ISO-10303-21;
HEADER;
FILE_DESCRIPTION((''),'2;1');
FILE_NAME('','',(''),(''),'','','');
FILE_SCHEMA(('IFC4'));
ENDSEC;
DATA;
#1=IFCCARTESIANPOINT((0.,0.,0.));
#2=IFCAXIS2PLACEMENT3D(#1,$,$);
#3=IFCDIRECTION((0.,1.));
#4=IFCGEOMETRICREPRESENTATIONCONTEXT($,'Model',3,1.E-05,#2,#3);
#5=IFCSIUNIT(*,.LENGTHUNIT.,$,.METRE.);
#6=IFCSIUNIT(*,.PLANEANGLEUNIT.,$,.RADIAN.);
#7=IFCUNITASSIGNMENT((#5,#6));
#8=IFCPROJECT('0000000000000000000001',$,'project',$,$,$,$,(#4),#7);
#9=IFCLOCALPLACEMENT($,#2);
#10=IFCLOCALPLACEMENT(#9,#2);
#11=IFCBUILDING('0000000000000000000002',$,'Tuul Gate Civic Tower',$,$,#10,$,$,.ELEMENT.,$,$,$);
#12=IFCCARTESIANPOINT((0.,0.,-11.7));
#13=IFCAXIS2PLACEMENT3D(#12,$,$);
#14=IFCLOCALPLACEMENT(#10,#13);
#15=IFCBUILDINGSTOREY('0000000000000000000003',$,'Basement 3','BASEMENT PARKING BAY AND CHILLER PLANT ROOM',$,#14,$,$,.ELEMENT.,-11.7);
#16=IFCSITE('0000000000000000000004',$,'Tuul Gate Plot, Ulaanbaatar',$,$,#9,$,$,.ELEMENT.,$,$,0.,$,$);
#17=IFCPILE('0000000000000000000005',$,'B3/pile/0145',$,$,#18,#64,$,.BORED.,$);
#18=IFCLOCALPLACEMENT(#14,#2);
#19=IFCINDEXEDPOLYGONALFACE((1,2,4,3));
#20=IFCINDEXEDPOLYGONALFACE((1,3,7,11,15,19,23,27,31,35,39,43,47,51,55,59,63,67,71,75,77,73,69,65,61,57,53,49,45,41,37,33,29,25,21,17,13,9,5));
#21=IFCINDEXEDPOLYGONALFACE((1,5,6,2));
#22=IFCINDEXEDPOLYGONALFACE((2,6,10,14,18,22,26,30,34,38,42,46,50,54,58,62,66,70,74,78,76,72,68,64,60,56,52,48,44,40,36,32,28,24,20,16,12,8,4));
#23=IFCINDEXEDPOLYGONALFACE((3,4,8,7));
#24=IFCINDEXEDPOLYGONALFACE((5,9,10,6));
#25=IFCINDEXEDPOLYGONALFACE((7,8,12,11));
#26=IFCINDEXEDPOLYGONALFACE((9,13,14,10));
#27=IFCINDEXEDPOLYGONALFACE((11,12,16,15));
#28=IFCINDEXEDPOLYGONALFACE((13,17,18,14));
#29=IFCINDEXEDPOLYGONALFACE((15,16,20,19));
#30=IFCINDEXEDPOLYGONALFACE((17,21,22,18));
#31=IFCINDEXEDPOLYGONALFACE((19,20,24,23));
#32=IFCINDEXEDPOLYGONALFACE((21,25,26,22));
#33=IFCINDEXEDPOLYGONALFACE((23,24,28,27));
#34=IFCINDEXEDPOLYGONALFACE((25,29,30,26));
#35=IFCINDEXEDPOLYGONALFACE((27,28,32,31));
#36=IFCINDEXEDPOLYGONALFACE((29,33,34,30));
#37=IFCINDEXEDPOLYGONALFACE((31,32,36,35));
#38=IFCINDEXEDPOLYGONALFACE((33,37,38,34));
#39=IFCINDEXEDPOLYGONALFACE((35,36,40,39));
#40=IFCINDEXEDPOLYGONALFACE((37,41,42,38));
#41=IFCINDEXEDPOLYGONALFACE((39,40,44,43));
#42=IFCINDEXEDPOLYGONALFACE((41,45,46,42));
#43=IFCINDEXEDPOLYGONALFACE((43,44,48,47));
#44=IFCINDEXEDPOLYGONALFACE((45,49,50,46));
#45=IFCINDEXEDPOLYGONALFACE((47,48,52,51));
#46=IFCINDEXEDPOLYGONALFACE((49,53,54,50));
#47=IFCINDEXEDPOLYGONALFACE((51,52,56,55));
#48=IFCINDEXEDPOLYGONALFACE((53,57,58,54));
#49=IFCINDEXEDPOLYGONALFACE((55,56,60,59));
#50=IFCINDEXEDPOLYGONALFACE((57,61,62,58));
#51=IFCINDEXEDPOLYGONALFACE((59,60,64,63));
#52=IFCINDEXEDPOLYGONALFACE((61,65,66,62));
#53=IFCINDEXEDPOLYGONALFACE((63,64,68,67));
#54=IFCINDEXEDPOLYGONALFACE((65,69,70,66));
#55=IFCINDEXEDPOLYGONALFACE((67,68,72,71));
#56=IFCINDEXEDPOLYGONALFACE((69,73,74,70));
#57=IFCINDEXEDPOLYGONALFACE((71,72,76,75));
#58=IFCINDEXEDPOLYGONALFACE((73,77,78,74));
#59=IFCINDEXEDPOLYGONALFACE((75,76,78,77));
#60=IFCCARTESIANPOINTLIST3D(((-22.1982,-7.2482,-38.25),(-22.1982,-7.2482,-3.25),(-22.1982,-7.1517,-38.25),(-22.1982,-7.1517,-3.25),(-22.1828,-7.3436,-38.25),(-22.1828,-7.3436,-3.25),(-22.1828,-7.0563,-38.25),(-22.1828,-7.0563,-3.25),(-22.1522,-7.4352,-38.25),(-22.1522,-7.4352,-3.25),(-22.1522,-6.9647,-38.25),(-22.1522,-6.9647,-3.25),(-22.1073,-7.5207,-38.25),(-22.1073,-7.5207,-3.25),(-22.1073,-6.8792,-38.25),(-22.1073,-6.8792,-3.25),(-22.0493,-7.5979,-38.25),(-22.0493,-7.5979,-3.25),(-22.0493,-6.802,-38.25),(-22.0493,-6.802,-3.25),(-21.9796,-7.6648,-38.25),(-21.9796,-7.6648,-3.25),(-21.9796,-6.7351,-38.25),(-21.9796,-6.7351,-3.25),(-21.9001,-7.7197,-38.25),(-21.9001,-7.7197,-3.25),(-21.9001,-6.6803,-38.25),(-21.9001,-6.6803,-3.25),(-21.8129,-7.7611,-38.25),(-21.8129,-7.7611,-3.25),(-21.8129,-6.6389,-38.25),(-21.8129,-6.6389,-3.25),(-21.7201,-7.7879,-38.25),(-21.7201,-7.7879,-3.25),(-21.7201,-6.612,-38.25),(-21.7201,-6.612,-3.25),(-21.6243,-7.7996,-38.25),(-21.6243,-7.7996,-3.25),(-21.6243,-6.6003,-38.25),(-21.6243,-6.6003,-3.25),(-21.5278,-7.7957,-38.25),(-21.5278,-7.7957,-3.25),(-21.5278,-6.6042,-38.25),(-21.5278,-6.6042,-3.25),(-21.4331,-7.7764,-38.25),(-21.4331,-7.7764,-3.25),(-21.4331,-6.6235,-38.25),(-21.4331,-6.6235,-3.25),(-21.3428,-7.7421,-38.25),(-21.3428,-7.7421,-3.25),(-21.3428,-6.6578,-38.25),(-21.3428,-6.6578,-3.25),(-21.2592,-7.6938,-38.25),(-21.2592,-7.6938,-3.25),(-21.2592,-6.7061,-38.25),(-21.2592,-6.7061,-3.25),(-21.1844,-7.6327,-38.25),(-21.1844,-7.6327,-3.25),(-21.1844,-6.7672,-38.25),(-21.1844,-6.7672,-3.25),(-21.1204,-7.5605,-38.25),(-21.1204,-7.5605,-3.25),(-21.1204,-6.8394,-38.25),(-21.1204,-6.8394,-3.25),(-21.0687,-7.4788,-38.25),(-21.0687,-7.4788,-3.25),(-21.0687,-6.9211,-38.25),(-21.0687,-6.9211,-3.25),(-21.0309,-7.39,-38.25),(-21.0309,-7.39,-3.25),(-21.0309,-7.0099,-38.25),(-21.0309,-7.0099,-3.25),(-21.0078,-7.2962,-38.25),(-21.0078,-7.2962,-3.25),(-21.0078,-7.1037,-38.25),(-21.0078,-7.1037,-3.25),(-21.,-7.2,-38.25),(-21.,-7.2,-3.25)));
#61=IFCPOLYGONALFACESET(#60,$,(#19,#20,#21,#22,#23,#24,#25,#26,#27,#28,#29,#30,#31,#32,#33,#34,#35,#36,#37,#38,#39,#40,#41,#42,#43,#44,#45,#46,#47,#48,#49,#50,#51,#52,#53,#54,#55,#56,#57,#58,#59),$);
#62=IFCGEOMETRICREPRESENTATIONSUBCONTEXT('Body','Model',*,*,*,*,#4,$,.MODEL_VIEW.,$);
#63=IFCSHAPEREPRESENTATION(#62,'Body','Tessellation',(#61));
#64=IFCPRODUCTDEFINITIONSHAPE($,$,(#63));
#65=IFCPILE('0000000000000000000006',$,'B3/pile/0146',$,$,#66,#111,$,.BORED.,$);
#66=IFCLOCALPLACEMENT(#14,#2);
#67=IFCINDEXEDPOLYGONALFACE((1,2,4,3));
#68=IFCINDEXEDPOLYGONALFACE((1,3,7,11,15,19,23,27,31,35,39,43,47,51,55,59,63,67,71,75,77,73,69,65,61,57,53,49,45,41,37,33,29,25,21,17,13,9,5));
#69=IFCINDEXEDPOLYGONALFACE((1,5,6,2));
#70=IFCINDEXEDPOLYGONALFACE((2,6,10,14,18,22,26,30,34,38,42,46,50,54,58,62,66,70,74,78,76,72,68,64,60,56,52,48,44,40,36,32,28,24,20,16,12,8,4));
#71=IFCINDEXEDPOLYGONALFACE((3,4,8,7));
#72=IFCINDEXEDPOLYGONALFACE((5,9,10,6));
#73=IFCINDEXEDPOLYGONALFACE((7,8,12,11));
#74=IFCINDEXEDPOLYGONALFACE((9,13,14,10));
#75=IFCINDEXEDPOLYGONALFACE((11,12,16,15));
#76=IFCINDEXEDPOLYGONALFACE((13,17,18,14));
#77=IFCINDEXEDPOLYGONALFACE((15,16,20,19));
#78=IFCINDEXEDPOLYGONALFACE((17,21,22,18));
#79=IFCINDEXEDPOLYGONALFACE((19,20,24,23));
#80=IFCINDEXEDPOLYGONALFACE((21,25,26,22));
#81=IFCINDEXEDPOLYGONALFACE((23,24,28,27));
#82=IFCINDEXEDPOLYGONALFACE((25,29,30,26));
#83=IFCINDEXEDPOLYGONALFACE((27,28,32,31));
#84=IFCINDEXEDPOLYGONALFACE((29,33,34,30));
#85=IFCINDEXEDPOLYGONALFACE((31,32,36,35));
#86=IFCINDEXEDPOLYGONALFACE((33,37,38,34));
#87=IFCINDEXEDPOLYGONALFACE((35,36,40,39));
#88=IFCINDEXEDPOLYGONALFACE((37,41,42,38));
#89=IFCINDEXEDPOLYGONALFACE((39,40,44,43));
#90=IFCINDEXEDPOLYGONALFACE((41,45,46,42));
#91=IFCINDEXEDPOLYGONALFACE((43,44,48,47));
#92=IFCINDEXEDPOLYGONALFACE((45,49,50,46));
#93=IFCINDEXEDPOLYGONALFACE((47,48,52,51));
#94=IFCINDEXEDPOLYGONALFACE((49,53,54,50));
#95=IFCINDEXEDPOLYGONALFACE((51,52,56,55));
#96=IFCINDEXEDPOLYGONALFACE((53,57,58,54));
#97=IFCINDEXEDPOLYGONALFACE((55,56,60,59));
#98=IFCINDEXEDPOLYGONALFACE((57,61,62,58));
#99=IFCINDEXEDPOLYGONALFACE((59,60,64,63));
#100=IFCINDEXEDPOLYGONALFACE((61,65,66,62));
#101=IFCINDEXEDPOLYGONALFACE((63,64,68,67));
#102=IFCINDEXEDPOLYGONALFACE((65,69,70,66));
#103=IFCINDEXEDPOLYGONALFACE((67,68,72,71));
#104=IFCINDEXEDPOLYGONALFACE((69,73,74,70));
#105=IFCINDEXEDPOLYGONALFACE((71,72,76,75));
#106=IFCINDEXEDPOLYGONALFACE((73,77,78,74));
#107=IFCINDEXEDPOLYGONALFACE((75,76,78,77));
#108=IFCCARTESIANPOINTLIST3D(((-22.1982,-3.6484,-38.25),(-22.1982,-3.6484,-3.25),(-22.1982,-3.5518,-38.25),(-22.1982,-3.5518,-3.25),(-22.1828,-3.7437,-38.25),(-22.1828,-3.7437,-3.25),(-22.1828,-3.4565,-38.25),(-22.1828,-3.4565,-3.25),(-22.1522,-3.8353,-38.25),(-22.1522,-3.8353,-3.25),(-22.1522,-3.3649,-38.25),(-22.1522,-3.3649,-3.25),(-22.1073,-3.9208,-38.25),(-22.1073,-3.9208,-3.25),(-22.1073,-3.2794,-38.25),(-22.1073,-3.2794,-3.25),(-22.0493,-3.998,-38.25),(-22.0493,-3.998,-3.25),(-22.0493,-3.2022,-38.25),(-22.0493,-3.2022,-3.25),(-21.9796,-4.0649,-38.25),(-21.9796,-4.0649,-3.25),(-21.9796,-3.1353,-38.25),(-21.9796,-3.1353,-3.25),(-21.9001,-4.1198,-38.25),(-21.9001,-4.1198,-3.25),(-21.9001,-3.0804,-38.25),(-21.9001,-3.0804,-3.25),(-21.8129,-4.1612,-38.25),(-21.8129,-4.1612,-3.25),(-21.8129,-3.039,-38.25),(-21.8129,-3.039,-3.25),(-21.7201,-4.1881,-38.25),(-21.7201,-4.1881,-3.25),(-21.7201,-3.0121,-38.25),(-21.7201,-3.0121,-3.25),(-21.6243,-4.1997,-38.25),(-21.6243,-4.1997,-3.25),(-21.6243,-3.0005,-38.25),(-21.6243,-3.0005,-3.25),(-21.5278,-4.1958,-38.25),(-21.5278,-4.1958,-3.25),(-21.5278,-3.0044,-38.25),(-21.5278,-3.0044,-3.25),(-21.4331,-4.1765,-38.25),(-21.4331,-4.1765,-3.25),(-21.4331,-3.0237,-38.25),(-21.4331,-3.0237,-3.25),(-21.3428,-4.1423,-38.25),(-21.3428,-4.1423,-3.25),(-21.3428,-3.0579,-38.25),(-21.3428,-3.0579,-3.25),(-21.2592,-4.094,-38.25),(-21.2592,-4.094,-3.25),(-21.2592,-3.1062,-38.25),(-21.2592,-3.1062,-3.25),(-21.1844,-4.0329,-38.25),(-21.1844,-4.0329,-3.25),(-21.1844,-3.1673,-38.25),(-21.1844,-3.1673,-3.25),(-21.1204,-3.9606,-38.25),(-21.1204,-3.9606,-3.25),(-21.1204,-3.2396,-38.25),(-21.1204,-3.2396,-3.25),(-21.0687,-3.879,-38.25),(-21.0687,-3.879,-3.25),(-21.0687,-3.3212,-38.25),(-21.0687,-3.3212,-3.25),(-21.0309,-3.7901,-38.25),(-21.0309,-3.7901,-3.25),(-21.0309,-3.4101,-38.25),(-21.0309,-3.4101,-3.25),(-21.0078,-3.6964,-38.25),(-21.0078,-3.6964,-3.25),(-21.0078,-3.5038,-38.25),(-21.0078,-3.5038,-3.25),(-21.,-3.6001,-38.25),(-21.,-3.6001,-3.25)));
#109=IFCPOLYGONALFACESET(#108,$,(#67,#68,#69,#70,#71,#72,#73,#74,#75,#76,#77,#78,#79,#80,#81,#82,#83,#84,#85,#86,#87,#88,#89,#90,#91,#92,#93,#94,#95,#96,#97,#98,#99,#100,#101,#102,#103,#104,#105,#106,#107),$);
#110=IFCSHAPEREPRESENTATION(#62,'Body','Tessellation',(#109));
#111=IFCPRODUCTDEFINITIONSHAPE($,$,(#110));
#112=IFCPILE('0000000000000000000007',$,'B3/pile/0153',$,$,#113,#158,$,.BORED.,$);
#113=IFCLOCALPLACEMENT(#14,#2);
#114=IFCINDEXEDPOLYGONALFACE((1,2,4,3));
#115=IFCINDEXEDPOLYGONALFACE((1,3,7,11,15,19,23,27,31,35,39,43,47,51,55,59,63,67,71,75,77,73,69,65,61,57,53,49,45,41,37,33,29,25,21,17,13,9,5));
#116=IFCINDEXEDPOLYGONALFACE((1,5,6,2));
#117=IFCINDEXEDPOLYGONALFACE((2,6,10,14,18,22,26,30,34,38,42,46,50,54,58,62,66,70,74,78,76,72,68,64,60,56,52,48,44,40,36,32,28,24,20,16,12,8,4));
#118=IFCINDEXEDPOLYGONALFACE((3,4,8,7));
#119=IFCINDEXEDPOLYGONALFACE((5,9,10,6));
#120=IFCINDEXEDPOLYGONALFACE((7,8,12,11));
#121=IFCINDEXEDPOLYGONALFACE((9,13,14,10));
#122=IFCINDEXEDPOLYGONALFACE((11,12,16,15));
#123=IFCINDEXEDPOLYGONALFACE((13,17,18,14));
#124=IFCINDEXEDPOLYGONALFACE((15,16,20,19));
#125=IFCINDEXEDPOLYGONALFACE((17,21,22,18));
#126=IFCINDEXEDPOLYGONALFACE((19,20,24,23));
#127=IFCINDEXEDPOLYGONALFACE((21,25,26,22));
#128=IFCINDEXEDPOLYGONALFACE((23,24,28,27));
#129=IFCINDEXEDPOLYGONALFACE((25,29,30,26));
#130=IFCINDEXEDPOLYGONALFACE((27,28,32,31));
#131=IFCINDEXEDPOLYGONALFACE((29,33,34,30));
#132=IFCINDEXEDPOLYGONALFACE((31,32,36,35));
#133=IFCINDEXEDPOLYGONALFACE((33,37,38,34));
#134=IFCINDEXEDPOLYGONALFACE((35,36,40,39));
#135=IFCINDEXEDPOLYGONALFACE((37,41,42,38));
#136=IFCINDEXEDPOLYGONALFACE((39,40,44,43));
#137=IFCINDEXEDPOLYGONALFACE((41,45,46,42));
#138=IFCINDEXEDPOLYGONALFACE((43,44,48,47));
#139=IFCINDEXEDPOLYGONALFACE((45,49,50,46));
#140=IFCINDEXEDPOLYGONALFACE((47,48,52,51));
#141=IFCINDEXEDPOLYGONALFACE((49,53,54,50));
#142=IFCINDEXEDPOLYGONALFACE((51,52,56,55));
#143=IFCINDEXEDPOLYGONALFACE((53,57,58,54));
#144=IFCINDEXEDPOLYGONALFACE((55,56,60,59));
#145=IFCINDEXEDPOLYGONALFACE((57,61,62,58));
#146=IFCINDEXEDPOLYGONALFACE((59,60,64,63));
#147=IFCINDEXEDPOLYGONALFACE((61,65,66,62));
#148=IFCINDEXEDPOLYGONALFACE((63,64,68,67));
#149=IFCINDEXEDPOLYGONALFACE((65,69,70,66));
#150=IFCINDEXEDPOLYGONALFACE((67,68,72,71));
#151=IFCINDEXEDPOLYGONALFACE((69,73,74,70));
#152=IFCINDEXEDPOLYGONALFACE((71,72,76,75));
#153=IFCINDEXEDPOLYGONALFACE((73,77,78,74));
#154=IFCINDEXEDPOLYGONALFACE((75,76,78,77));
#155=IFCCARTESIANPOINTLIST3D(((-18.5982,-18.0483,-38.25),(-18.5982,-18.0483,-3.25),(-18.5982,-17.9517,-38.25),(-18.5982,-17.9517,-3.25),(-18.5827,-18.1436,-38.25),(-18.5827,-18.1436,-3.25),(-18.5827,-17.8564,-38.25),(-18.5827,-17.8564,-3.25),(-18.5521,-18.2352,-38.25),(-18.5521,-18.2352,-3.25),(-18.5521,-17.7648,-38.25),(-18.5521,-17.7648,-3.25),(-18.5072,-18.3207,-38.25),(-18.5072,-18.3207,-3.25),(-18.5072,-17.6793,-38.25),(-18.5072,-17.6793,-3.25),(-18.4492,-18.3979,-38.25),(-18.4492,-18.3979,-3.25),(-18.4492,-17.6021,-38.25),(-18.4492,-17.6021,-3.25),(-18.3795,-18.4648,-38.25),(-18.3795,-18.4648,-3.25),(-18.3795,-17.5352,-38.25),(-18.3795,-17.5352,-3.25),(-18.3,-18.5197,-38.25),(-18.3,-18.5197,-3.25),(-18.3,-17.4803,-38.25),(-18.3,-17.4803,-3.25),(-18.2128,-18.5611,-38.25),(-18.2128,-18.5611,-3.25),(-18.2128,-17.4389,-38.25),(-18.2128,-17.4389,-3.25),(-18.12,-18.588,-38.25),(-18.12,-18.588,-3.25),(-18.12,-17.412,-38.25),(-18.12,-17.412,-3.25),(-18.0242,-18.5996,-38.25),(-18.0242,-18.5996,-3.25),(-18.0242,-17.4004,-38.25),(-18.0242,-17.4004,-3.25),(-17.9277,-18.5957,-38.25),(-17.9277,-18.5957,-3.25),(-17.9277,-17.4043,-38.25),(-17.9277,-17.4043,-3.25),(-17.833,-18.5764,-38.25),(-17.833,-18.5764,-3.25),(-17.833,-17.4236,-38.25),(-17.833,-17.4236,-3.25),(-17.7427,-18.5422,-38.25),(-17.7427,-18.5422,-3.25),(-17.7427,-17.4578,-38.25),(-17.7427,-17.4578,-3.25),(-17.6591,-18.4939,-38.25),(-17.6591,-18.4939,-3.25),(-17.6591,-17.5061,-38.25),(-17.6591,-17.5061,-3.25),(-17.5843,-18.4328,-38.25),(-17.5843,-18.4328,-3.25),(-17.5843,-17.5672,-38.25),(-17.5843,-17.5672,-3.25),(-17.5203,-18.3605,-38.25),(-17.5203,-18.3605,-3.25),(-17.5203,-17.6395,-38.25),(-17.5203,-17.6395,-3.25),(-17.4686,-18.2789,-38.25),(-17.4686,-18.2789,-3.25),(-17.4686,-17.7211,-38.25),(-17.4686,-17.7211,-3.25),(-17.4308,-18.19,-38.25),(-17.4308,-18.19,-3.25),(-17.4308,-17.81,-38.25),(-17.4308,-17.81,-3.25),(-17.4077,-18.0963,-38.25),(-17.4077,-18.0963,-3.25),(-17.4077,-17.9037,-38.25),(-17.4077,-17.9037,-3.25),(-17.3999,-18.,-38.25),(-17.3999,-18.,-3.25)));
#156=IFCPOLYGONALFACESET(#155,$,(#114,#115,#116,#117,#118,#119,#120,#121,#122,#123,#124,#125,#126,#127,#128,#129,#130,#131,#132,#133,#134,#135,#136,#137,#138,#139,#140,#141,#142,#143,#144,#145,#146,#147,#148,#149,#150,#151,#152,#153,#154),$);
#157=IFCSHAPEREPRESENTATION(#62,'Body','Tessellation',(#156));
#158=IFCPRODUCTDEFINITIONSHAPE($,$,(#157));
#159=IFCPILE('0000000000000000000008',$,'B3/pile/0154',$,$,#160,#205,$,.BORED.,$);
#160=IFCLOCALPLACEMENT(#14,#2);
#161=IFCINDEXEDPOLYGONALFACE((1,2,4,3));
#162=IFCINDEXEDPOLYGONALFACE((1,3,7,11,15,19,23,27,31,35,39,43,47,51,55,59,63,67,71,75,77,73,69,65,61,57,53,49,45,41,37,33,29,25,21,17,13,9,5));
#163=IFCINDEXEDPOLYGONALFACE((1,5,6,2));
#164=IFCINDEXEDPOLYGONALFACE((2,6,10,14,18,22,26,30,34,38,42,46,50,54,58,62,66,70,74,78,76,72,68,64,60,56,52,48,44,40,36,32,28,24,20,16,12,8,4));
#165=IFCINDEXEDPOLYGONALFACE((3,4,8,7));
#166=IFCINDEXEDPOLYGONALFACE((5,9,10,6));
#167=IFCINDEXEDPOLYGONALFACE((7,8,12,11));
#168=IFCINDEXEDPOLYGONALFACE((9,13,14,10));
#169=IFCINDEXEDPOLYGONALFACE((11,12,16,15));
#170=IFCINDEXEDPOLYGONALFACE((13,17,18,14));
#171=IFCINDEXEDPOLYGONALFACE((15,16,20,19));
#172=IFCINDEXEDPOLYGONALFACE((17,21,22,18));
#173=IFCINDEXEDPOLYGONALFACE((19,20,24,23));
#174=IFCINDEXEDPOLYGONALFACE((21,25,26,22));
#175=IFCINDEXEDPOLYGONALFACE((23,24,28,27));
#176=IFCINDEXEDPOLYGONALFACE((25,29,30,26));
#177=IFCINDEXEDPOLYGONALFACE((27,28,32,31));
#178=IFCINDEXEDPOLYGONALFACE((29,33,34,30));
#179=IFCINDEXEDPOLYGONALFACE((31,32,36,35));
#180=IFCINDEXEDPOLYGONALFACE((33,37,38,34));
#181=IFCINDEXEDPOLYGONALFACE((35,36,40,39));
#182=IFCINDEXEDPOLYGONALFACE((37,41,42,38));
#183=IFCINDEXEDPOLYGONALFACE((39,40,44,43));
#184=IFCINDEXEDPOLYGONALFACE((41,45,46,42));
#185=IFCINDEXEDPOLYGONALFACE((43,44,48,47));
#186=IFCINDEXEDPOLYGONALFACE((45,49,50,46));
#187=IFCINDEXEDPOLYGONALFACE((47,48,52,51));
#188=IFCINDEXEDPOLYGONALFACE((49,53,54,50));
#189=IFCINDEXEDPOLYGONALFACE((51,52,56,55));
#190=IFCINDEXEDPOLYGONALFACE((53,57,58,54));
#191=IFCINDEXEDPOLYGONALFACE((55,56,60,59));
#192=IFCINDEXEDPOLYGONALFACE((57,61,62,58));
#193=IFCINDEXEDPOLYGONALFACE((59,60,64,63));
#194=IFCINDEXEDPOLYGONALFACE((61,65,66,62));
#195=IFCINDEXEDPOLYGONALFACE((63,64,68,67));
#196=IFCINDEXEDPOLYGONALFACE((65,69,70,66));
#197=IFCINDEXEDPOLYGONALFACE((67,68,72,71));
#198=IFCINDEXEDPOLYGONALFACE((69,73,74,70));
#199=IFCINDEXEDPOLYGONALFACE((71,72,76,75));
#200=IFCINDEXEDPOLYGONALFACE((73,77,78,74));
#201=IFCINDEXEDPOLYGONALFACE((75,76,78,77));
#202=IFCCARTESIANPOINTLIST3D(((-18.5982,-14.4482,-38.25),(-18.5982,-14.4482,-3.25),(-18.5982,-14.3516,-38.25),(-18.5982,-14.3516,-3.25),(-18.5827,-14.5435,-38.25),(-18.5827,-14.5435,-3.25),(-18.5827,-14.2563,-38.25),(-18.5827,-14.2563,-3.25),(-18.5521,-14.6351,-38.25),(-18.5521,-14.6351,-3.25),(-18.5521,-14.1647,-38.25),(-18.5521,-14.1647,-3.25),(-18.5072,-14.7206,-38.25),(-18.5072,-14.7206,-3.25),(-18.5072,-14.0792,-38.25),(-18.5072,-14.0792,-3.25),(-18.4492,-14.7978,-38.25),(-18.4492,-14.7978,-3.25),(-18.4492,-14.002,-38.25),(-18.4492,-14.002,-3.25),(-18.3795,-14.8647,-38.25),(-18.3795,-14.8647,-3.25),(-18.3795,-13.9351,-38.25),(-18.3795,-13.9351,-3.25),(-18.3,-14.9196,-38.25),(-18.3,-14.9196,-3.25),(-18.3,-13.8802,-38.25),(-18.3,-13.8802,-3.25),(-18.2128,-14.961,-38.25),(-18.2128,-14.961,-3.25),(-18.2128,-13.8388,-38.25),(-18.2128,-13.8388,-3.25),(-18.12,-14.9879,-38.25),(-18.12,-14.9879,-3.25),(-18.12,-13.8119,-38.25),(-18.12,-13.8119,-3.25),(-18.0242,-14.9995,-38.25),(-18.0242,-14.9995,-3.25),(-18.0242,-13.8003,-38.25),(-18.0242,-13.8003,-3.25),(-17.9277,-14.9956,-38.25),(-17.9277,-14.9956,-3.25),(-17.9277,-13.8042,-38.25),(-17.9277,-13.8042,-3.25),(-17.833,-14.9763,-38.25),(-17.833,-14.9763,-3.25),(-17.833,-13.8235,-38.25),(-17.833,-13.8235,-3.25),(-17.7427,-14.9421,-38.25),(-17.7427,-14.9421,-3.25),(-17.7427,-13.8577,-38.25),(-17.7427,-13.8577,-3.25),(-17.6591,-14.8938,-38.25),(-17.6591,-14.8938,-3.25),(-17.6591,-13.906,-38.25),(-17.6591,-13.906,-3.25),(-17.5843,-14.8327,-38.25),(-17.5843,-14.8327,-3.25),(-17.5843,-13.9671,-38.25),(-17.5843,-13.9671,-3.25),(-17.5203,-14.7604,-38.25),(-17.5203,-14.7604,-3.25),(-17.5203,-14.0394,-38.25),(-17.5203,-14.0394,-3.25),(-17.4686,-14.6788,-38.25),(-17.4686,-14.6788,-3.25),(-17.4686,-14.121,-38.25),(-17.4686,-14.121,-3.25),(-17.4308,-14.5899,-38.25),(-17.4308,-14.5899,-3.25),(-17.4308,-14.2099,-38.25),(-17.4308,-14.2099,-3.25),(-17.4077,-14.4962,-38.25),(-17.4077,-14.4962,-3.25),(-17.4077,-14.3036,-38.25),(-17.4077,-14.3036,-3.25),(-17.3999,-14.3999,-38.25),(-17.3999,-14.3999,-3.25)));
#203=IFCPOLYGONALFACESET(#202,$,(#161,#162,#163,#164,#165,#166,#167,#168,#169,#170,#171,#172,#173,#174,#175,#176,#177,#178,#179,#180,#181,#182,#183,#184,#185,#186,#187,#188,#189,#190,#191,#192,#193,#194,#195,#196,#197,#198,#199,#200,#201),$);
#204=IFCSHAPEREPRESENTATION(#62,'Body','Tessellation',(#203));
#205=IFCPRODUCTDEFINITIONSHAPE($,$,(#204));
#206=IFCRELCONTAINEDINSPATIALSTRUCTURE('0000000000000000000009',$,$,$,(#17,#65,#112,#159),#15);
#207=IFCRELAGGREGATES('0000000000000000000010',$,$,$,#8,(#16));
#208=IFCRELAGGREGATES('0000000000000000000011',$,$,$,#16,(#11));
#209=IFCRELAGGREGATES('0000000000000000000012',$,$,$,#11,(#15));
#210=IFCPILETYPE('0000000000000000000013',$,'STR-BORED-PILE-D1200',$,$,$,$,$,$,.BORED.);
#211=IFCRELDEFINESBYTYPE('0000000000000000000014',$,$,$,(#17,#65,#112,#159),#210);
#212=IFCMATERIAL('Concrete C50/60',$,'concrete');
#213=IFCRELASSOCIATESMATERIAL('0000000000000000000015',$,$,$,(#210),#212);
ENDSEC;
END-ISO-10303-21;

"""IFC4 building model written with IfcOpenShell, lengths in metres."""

from ifc_helpers import new_model, si_unit, direction, frame, origin, origin_2d, place, context, subcontext, project, spatial, circle, extrude, material, material_profile, profile_set, type_object, element, save


model = new_model("IFC4")

# Units and contexts
model_context = context("Model", 3, precision=1e-05, world=origin(), true_north=direction((0.0, 1.0)))
body_context = subcontext(model_context, "Body", "Model", "MODEL_VIEW")
ifc_project = project(units=[si_unit("LENGTHUNIT", "METRE"), si_unit("PLANEANGLEUNIT", "RADIAN")], contexts=[model_context])

# Site, building, storey
site_placement = place(None, origin())
site = spatial("IfcSite", under=ifc_project, at=site_placement, Name="Tuul Gate Plot, Ulaanbaatar", CompositionType="ELEMENT", RefElevation=0.0)
building_placement = place(site_placement, origin())
building = spatial("IfcBuilding", under=site, at=building_placement, Name="Tuul Gate Civic Tower", CompositionType="ELEMENT")
storey_placement = place(building_placement, frame((0.0, 0.0, -11.7)))
storey = spatial("IfcBuildingStorey", under=building, at=storey_placement, Name="Basement 3", Description="BASEMENT PARKING BAY AND CHILLER PLANT ROOM", CompositionType="ELEMENT", Elevation=-11.7)

# Piles
ifc_material_1 = material(Name="Concrete C50/60", Category="concrete")
ifc_material_profile_1 = material_profile(ifc_material_1, circle(Radius=0.6001, at=origin_2d()), Name="PILE1200")
ifc_profile_set_1 = profile_set([ifc_material_profile_1], Name="Concrete C50/60")
pile_type = type_object("IfcPileType", Name="STR-BORED-PILE-D1200", PredefinedType="BORED", material=ifc_profile_set_1)
for number, where, z_axis, x_axis, name in (
    (1, (-21.6001, -7.2, -3.25), (0.0, 0.0, -1.0), (1.0, 0.0, 0.0), "B3/pile/0145"),
    (2, (-21.6001, -3.6001, -3.25), (0.0, 0.0, -1.0), (1.0, 0.0, 0.0), "B3/pile/0146"),
    (3, (-18.0, -18.0, -3.25), (0.0, 0.0, -1.0), (1.0, 0.0, 0.0), "B3/pile/0153"),
    (4, (-18.0, -14.3999, -3.25), (0.0, 0.0, -1.0), (1.0, 0.0, 0.0), "B3/pile/0154"),
):
    element("IfcPile", number, at=place(storey_placement, frame(where, z_axis=z_axis, x_axis=x_axis)), inside=storey, type_object=pile_type, Name=name, PredefinedType="BORED", context=body_context, shape_type="SweptSolid", body=[
        extrude(circle(Radius=0.6001, at=origin_2d()), origin(), (0.0, 0.0, 1.0), 35.0),
    ])

save(model, "model.ifc")
